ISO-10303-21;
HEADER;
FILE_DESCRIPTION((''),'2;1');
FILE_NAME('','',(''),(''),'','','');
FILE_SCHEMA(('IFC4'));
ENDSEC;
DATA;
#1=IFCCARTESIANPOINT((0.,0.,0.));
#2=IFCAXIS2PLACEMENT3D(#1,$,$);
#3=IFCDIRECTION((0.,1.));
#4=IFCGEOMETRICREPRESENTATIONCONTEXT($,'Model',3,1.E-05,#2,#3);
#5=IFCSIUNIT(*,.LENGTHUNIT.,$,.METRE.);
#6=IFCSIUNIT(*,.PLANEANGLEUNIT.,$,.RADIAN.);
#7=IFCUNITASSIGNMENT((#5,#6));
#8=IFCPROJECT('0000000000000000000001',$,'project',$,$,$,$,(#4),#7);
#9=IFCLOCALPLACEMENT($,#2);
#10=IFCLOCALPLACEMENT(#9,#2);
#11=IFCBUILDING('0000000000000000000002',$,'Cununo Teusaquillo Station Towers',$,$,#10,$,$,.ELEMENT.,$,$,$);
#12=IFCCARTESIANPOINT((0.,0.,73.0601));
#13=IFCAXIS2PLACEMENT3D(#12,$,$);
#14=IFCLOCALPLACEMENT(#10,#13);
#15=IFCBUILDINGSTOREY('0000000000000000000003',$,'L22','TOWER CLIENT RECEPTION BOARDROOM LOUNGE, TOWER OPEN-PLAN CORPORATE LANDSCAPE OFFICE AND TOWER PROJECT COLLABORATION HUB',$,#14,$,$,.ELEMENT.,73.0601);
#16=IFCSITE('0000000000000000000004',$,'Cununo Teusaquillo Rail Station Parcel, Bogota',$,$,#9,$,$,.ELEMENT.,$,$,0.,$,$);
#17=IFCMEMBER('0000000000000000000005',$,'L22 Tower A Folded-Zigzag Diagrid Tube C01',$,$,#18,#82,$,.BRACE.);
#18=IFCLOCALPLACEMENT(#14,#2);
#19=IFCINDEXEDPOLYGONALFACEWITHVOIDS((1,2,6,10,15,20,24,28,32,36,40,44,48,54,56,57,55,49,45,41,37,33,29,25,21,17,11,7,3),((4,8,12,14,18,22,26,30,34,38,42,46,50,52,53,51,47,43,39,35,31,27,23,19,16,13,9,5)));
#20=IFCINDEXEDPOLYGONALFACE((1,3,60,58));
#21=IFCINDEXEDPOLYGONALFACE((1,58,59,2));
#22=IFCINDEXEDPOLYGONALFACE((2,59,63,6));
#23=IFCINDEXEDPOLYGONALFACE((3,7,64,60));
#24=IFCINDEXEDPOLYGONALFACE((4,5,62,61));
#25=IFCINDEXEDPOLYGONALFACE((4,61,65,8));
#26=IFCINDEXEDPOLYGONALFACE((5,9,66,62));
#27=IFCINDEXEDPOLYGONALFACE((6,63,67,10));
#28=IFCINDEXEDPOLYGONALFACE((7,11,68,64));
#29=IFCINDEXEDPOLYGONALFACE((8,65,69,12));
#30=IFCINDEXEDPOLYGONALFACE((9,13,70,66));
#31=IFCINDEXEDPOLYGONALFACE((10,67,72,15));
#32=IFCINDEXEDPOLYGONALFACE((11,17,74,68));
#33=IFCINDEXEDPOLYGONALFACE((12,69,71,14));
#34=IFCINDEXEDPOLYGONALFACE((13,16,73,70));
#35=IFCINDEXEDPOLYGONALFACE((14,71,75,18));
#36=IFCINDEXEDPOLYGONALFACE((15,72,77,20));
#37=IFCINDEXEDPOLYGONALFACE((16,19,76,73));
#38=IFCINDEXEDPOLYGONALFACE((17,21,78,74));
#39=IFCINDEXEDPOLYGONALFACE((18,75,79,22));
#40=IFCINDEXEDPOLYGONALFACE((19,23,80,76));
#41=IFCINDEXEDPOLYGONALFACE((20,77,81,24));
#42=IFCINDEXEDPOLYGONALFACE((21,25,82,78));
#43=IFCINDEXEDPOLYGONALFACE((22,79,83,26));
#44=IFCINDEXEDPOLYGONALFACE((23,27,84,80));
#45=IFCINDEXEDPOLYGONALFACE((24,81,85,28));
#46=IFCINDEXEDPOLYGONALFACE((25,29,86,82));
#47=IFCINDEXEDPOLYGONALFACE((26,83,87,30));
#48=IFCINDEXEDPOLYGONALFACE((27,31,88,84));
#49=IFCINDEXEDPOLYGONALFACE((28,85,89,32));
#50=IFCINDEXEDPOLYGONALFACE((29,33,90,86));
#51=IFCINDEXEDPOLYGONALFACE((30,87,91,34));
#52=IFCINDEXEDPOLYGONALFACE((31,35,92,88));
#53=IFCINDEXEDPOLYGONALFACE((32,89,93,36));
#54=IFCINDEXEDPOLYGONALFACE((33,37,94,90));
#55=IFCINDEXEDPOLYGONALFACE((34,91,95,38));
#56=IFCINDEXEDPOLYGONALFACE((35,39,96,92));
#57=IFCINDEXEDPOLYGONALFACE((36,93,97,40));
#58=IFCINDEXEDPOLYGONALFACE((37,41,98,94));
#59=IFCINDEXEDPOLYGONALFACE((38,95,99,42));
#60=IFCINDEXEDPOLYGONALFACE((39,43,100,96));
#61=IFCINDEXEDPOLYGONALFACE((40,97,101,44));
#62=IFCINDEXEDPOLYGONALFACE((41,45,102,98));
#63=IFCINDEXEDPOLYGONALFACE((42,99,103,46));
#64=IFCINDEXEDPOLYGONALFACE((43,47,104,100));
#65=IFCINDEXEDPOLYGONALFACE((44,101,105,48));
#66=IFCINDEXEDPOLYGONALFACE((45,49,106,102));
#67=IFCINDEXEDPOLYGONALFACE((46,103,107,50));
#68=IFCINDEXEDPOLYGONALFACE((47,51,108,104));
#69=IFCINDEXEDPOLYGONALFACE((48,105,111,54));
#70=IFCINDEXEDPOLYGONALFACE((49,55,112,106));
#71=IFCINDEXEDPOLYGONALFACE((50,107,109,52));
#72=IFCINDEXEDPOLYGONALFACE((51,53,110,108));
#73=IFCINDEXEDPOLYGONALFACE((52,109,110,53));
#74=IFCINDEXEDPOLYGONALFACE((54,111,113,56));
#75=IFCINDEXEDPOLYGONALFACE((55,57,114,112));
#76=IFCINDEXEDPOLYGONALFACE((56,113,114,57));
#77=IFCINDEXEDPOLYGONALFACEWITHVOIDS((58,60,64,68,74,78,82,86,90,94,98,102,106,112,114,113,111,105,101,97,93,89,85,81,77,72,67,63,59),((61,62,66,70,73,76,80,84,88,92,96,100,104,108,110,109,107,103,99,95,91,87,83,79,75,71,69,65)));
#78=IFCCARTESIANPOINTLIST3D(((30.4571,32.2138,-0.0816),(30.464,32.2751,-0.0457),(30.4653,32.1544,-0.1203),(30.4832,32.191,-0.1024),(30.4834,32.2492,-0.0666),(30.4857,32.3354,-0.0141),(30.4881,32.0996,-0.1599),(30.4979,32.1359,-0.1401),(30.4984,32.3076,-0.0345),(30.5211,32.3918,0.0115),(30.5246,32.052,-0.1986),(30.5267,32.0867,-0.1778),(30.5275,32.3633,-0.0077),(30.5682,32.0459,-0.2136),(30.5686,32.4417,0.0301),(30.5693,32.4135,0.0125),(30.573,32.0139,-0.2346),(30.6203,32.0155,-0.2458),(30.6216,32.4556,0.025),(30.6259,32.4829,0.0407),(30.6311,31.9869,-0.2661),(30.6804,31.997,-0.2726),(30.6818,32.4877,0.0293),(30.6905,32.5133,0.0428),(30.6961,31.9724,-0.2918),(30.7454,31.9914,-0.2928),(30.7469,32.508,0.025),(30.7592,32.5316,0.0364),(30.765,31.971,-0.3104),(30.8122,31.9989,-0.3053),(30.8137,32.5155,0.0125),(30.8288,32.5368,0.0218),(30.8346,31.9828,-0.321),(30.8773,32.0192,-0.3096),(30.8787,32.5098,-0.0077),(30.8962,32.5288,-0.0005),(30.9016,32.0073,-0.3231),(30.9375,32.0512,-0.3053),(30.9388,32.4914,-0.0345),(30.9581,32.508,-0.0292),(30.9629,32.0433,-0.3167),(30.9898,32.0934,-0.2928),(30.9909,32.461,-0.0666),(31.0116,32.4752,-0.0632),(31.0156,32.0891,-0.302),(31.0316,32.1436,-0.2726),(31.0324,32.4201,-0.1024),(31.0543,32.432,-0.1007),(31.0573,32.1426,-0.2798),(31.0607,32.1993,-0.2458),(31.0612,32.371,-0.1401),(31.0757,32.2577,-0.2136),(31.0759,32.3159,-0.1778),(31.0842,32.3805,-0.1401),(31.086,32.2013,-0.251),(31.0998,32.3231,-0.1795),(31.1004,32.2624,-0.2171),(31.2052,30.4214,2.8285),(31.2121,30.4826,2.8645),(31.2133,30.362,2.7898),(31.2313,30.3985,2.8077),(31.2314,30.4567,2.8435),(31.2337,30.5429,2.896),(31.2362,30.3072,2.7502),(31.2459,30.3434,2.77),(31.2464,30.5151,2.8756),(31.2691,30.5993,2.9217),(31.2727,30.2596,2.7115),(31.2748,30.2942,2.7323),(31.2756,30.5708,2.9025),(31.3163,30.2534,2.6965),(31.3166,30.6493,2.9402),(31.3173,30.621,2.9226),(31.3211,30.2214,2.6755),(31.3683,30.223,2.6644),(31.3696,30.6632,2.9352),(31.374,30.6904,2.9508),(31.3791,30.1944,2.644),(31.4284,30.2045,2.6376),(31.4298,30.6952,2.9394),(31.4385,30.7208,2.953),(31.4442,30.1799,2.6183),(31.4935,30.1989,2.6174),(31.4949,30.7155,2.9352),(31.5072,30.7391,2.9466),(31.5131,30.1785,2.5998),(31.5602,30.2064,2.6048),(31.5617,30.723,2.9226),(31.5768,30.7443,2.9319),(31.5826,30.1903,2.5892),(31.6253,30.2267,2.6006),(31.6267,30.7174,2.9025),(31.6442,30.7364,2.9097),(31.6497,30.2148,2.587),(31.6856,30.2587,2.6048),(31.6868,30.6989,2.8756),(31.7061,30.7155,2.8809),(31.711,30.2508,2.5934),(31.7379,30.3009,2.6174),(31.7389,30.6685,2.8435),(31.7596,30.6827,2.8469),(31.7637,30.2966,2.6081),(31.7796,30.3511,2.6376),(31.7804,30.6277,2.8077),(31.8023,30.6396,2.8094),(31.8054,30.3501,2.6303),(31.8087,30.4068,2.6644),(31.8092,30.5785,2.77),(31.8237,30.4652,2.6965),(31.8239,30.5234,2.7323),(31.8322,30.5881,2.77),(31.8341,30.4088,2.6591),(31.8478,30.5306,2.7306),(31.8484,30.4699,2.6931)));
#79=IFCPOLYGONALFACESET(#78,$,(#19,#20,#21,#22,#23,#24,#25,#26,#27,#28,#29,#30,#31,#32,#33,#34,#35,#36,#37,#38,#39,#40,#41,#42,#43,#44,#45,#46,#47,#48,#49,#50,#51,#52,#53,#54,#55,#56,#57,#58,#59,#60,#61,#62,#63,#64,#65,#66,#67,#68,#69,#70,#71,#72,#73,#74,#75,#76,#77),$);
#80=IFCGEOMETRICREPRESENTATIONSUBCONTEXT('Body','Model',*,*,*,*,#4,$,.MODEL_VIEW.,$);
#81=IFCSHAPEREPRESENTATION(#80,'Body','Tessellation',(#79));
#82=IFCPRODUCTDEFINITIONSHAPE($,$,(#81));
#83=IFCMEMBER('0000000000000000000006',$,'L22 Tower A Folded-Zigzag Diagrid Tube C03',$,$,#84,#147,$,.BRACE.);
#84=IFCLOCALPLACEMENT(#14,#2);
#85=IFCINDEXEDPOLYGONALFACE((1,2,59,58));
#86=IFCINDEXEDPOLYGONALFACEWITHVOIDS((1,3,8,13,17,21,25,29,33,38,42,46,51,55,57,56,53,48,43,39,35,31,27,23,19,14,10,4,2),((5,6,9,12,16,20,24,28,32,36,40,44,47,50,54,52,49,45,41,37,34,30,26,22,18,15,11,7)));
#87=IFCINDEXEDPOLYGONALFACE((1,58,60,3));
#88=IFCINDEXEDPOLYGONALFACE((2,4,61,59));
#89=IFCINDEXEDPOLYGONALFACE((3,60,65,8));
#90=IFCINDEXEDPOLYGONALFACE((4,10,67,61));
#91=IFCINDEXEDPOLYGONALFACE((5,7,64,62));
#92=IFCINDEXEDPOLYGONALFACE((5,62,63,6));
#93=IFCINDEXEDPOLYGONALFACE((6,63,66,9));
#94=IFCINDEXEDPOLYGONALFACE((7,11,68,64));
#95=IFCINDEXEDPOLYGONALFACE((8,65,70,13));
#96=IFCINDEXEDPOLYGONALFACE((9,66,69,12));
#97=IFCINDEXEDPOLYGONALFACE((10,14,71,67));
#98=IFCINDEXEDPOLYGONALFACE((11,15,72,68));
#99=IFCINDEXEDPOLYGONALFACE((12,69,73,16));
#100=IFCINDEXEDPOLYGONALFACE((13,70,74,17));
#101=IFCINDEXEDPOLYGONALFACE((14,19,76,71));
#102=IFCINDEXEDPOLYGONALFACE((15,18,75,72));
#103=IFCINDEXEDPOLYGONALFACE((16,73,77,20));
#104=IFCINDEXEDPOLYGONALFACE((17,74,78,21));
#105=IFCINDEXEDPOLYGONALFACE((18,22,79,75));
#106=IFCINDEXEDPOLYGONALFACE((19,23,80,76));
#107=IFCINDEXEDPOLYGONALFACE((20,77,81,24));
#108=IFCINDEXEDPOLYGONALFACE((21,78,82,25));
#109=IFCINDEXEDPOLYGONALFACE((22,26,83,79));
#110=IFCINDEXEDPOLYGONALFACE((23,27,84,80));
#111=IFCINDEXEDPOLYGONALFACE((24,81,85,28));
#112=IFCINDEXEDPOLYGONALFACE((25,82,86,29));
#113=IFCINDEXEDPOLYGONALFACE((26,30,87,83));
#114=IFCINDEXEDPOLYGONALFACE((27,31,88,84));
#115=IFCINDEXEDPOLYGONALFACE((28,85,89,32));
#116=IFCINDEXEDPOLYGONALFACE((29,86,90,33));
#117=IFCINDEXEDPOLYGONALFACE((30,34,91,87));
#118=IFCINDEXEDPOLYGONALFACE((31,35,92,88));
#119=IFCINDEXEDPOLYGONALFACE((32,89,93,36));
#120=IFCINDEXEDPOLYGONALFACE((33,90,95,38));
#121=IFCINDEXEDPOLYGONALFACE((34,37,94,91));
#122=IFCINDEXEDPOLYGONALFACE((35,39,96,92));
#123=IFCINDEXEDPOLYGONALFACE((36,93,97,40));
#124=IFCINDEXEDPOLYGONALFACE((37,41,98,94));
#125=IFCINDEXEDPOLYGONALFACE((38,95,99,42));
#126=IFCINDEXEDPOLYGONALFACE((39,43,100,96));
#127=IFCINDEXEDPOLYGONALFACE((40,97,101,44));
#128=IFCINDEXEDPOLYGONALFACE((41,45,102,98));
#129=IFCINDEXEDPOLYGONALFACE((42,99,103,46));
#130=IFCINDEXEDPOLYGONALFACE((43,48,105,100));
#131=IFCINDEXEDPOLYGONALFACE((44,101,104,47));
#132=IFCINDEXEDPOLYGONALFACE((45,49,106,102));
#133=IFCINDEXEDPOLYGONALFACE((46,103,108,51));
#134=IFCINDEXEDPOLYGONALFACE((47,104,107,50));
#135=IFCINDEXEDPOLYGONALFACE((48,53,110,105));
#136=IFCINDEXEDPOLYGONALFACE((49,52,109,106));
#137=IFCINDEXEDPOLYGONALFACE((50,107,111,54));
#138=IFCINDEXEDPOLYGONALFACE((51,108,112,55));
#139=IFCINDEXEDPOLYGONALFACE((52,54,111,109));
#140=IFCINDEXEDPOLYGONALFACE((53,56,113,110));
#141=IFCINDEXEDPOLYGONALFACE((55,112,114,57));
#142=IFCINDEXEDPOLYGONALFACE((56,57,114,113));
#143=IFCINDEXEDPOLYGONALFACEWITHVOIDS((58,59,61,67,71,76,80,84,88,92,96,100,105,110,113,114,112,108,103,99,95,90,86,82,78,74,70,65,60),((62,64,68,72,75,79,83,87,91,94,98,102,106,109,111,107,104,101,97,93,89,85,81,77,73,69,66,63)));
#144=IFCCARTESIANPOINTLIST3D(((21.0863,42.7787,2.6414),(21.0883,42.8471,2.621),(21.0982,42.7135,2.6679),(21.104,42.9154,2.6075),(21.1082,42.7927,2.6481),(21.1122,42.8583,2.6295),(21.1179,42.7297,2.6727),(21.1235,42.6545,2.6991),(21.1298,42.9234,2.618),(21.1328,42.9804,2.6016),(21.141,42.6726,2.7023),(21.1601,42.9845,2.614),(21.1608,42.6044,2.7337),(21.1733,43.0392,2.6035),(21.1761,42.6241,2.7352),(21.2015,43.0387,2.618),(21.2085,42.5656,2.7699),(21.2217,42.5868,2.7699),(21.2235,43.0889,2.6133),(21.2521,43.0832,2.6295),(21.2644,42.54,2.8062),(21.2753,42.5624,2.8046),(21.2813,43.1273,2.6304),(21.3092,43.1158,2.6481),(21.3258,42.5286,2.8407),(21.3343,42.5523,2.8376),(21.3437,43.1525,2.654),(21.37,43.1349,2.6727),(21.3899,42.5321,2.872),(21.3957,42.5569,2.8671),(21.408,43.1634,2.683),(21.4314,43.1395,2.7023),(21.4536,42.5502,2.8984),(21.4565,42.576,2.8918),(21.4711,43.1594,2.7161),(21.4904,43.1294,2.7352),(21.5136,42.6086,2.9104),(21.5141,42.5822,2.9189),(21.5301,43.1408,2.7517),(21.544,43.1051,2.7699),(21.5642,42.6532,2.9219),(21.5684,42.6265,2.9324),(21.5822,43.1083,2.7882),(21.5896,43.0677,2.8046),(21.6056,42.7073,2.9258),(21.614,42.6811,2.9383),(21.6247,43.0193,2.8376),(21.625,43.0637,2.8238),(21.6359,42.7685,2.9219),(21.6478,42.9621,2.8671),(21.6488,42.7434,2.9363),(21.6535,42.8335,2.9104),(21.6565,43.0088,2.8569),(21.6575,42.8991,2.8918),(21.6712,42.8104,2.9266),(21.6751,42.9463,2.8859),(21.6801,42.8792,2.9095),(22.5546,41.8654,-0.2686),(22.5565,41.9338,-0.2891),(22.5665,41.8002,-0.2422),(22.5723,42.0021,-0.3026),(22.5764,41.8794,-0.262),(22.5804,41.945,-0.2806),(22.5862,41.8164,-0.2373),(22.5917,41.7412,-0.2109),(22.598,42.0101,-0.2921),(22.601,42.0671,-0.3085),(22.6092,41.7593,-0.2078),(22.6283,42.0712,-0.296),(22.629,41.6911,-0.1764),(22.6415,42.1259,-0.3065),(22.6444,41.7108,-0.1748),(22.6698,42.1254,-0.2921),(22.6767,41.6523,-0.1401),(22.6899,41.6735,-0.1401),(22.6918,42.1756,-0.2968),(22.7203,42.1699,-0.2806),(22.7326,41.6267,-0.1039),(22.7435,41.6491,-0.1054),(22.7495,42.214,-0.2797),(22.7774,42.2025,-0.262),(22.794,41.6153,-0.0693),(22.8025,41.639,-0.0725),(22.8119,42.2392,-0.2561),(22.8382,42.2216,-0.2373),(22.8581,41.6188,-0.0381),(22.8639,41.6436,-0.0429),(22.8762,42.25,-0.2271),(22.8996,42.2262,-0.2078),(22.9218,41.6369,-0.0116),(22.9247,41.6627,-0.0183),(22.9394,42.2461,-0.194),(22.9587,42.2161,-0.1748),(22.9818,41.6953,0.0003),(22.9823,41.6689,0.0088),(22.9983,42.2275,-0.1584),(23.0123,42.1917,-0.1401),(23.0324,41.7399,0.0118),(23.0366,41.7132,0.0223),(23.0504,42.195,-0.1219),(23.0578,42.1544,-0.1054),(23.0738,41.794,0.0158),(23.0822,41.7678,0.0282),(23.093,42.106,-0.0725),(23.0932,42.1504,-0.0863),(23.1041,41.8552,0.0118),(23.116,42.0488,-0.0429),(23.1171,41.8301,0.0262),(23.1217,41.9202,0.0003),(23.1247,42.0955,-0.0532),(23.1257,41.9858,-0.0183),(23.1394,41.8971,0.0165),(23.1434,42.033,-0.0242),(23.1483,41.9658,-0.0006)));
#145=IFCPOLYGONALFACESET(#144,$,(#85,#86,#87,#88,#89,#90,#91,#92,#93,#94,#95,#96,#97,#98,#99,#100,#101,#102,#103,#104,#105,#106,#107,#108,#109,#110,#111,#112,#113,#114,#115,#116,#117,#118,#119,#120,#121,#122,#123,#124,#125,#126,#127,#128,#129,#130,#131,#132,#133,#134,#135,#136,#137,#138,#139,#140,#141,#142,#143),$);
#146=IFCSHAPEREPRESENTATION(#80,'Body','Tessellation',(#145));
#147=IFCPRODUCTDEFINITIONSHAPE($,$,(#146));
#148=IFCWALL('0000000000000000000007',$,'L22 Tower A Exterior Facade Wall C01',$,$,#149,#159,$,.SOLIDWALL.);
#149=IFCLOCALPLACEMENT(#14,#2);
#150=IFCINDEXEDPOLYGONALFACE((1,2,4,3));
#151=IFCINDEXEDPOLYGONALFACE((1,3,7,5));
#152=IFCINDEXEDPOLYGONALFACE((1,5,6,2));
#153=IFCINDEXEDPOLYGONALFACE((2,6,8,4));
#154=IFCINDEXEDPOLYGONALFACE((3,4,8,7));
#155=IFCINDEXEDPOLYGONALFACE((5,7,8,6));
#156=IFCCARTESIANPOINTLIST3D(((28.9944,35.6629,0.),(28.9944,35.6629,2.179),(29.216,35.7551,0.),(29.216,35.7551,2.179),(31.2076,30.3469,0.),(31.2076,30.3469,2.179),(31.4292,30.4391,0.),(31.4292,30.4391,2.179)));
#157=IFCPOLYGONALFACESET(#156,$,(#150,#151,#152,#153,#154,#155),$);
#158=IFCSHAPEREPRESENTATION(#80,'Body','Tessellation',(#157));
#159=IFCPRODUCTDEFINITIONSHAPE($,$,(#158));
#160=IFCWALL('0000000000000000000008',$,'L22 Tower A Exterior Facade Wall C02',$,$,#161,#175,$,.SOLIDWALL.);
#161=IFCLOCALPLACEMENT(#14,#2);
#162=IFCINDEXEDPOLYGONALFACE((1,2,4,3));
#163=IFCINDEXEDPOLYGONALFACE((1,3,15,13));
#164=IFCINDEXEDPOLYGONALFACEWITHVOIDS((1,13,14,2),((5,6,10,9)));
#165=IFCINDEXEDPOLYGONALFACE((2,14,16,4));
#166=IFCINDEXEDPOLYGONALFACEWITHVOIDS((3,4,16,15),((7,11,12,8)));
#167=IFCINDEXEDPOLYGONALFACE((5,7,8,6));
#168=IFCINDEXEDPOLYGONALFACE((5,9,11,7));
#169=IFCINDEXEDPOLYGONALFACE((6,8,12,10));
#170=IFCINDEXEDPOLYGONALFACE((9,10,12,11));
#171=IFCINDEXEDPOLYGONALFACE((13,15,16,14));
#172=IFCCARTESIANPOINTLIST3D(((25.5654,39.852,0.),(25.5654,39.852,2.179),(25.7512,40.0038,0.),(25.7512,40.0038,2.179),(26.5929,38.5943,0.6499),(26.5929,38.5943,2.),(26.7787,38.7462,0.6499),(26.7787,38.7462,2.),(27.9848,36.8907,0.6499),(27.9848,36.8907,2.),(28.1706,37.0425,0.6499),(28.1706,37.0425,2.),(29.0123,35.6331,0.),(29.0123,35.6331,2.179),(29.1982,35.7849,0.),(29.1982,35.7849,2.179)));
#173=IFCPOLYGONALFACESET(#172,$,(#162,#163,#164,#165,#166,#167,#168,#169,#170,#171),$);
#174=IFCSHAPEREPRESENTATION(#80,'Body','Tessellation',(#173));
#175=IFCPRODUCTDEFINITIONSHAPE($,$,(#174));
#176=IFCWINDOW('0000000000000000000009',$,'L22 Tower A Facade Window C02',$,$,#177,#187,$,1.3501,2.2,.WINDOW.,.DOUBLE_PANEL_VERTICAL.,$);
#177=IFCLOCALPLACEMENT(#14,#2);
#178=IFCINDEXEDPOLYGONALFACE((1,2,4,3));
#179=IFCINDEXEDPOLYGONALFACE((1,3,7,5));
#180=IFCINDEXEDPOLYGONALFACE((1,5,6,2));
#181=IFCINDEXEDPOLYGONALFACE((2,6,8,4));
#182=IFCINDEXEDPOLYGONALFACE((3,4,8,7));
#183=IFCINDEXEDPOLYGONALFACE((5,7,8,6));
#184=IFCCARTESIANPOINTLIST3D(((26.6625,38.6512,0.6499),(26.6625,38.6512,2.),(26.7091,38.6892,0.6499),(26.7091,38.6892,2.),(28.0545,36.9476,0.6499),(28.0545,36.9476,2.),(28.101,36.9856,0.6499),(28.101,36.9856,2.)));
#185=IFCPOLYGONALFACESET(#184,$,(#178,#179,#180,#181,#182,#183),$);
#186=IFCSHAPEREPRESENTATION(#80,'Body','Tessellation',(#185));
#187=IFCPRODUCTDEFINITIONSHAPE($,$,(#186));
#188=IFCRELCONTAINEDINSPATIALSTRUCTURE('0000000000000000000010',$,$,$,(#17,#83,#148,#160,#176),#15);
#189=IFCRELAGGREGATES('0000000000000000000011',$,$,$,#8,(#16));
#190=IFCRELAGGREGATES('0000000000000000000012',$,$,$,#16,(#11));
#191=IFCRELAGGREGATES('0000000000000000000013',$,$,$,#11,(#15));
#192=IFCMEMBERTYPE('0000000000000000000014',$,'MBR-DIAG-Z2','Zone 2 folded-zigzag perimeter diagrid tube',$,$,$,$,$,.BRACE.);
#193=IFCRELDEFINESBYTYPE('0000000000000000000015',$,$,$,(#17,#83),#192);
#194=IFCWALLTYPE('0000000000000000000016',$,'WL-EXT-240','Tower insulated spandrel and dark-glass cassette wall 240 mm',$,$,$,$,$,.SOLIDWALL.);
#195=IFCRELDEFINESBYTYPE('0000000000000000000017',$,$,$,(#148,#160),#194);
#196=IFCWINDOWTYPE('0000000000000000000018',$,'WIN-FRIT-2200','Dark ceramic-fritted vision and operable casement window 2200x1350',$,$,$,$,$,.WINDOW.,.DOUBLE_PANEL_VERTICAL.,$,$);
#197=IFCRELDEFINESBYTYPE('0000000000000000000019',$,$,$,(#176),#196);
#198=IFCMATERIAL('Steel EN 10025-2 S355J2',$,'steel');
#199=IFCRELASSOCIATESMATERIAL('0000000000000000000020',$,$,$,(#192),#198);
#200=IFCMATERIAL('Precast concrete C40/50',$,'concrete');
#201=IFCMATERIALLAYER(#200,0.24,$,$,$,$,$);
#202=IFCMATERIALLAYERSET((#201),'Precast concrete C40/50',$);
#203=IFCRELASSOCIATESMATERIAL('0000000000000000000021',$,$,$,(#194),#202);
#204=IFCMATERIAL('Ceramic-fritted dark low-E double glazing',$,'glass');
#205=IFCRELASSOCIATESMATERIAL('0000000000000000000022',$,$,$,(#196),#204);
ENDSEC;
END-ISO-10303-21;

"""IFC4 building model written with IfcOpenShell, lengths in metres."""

from ifc_helpers import new_model, si_unit, direction, frame, frame_2d, origin, origin_2d, place, context, subcontext, project, spatial, rectangle, hollow_circle, extrude, source, transform, mapped, material, layer, layer_set, material_profile, profile_set, type_object, element, fill, save


model = new_model("IFC4")

# Units and contexts
model_context = context("Model", 3, precision=1e-05, world=origin(), true_north=direction((0.0, 1.0)))
body_context = subcontext(model_context, "Body", "Model", "MODEL_VIEW")
ifc_project = project(units=[si_unit("LENGTHUNIT", "METRE"), si_unit("PLANEANGLEUNIT", "RADIAN")], contexts=[model_context])

# Site, building, storey
site_placement = place(None, origin())
site = spatial("IfcSite", under=ifc_project, at=site_placement, Name="Cununo Teusaquillo Rail Station Parcel, Bogota", CompositionType="ELEMENT", RefElevation=0.0)
building_placement = place(site_placement, origin())
building = spatial("IfcBuilding", under=site, at=building_placement, Name="Cununo Teusaquillo Station Towers", CompositionType="ELEMENT")
storey_placement = place(building_placement, frame((0.0, 0.0, 73.0601)))
storey = spatial("IfcBuildingStorey", under=building, at=storey_placement, Name="L22", Description="TOWER CLIENT RECEPTION BOARDROOM LOUNGE, TOWER OPEN-PLAN CORPORATE LANDSCAPE OFFICE AND TOWER PROJECT COLLABORATION HUB", CompositionType="ELEMENT", Elevation=73.0601)

# Members
ifc_material_1 = material(Name="Steel EN 10025-2 S355J2", Category="steel")
ifc_material_profile_1 = material_profile(ifc_material_1, hollow_circle(Radius=0.3301, WallThickness=0.0249, at=origin_2d()), Name="CHS 660x25")
ifc_profile_set_1 = profile_set([ifc_material_profile_1], Name="Steel EN 10025-2 S355J2")
member_type = type_object("IfcMemberType", Name="MBR-DIAG-Z2", Description="Zone 2 folded-zigzag perimeter diagrid tube", PredefinedType="BRACE", material=ifc_profile_set_1)
member_1_placement = place(storey_placement, frame((30.7795, 32.2534, -0.1401), z_axis=(0.213801, -0.512314, 0.831759), x_axis=(0.922861, 0.385133, 0.0)))
element("IfcMember", 1, at=member_1_placement, inside=storey, type_object=member_type, Name="L22 Tower A Folded-Zigzag Diagrid Tube C01", PredefinedType="BRACE", context=body_context, shape_type="SweptSolid", body=[
    extrude(hollow_circle(Radius=0.3301, WallThickness=0.0249, at=origin_2d()), origin(), (0.0, 0.0, 1.0), 3.4988),
])
member_2_placement = place(storey_placement, frame((22.8511, 41.9326, -0.1401), z_axis=(-0.433741, 0.269808, 0.859693), x_axis=(-0.528196, -0.849123, 0.0)))
element("IfcMember", 2, at=member_2_placement, inside=storey, type_object=member_type, Name="L22 Tower A Folded-Zigzag Diagrid Tube C03", PredefinedType="BRACE", context=body_context, shape_type="SweptSolid", body=[
    extrude(hollow_circle(Radius=0.3301, WallThickness=0.0249, at=origin_2d()), origin(), (0.0, 0.0, 1.0), 3.385),
])

# Wall
ifc_material_2 = material(Name="Precast concrete C40/50", Category="concrete")
ifc_layer_1 = layer(ifc_material_2, 0.24)
ifc_layer_set_1 = layer_set([ifc_layer_1], Name="Precast concrete C40/50")
wall_type_1 = type_object("IfcWallType", Name="WL-EXT-240", Description="Tower insulated spandrel and dark-glass cassette wall 240 mm", PredefinedType="SOLIDWALL", material=ifc_layer_set_1)
wall_1_placement = place(storey_placement, frame((29.1052, 35.709, 0.0), z_axis=(0.0, 0.0, 1.0), x_axis=(0.384344, -0.92319, 0.0)))
element("IfcWall", 3, at=wall_1_placement, inside=storey, type_object=wall_type_1, Name="L22 Tower A Exterior Facade Wall C01", PredefinedType="SOLIDWALL", context=body_context, shape_type="SweptSolid", body=[
    extrude(rectangle(XDim=5.7583, YDim=0.24, at=frame_2d((2.8792, 0.0))), origin(), (0.0, 0.0, 1.0), 2.179),
])

# Wall, opening, window
wall_2_placement = place(storey_placement, frame((25.6582, 39.928, 0.0), z_axis=(0.0, 0.0, 1.0), x_axis=(0.632701, -0.774396, 0.0)))
wall_2 = element("IfcWall", 4, at=wall_2_placement, inside=storey, type_object=wall_type_1, Name="L22 Tower A Exterior Facade Wall C02", PredefinedType="SOLIDWALL", context=body_context, shape_type="SweptSolid", body=[
    extrude(rectangle(XDim=5.448, YDim=0.24, at=frame_2d((2.7241, 0.0))), origin(), (0.0, 0.0, 1.0), 2.179),
])
shared_shape_1 = source(origin(), body_context, "Body", "SweptSolid", [
    extrude(rectangle(XDim=2.2, YDim=1.3501, at=frame_2d((1.1001, 0.675))), frame((0.0, 0.1299, 0.0), z_axis=(0.0, -1.0, 0.0), x_axis=(1.0, 0.0, 0.0)), (0.0, 0.0, 1.0), 0.26),
])
opening_1_placement = place(wall_2_placement, frame((1.624, 0.0, 0.6499)))
opening_1 = element("IfcOpeningElement", 5, at=opening_1_placement, cuts=wall_2, PredefinedType="OPENING", context=body_context, shape_type="MappedRepresentation", body=[
    mapped(shared_shape_1, transform((0.0, 0.0, 0.0), x_axis=(1.0, 0.0, 0.0), y_axis=(0.0, 1.0, 0.0), z_axis=(0.0, 0.0, 1.0), scale=1.0)),
])
ifc_material_3 = material(Name="Ceramic-fritted dark low-E double glazing", Category="glass")
window_type = type_object("IfcWindowType", Name="WIN-FRIT-2200", Description="Dark ceramic-fritted vision and operable casement window 2200x1350", PartitioningType="DOUBLE_PANEL_VERTICAL", PredefinedType="WINDOW", material=ifc_material_3)
shared_shape_2 = source(origin(), body_context, "Body", "SweptSolid", [
    extrude(rectangle(XDim=2.2, YDim=1.3501, at=frame_2d((1.1001, 0.675))), frame((0.0, 0.03, 0.0), z_axis=(0.0, -1.0, 0.0), x_axis=(1.0, 0.0, 0.0)), (0.0, 0.0, 1.0), 0.0601),
])
window_placement = place(opening_1_placement, origin())
window = element("IfcWindow", 6, at=window_placement, inside=storey, type_object=window_type, Name="L22 Tower A Facade Window C02", OverallHeight=1.3501, OverallWidth=2.2, PartitioningType="DOUBLE_PANEL_VERTICAL", PredefinedType="WINDOW", context=body_context, shape_type="MappedRepresentation", body=[
    mapped(shared_shape_2, transform((0.0, 0.0, 0.0), x_axis=(1.0, 0.0, 0.0), y_axis=(0.0, 1.0, 0.0), z_axis=(0.0, 0.0, 1.0), scale=1.0)),
])
fill(opening_1, window)

save(model, "model.ifc")
